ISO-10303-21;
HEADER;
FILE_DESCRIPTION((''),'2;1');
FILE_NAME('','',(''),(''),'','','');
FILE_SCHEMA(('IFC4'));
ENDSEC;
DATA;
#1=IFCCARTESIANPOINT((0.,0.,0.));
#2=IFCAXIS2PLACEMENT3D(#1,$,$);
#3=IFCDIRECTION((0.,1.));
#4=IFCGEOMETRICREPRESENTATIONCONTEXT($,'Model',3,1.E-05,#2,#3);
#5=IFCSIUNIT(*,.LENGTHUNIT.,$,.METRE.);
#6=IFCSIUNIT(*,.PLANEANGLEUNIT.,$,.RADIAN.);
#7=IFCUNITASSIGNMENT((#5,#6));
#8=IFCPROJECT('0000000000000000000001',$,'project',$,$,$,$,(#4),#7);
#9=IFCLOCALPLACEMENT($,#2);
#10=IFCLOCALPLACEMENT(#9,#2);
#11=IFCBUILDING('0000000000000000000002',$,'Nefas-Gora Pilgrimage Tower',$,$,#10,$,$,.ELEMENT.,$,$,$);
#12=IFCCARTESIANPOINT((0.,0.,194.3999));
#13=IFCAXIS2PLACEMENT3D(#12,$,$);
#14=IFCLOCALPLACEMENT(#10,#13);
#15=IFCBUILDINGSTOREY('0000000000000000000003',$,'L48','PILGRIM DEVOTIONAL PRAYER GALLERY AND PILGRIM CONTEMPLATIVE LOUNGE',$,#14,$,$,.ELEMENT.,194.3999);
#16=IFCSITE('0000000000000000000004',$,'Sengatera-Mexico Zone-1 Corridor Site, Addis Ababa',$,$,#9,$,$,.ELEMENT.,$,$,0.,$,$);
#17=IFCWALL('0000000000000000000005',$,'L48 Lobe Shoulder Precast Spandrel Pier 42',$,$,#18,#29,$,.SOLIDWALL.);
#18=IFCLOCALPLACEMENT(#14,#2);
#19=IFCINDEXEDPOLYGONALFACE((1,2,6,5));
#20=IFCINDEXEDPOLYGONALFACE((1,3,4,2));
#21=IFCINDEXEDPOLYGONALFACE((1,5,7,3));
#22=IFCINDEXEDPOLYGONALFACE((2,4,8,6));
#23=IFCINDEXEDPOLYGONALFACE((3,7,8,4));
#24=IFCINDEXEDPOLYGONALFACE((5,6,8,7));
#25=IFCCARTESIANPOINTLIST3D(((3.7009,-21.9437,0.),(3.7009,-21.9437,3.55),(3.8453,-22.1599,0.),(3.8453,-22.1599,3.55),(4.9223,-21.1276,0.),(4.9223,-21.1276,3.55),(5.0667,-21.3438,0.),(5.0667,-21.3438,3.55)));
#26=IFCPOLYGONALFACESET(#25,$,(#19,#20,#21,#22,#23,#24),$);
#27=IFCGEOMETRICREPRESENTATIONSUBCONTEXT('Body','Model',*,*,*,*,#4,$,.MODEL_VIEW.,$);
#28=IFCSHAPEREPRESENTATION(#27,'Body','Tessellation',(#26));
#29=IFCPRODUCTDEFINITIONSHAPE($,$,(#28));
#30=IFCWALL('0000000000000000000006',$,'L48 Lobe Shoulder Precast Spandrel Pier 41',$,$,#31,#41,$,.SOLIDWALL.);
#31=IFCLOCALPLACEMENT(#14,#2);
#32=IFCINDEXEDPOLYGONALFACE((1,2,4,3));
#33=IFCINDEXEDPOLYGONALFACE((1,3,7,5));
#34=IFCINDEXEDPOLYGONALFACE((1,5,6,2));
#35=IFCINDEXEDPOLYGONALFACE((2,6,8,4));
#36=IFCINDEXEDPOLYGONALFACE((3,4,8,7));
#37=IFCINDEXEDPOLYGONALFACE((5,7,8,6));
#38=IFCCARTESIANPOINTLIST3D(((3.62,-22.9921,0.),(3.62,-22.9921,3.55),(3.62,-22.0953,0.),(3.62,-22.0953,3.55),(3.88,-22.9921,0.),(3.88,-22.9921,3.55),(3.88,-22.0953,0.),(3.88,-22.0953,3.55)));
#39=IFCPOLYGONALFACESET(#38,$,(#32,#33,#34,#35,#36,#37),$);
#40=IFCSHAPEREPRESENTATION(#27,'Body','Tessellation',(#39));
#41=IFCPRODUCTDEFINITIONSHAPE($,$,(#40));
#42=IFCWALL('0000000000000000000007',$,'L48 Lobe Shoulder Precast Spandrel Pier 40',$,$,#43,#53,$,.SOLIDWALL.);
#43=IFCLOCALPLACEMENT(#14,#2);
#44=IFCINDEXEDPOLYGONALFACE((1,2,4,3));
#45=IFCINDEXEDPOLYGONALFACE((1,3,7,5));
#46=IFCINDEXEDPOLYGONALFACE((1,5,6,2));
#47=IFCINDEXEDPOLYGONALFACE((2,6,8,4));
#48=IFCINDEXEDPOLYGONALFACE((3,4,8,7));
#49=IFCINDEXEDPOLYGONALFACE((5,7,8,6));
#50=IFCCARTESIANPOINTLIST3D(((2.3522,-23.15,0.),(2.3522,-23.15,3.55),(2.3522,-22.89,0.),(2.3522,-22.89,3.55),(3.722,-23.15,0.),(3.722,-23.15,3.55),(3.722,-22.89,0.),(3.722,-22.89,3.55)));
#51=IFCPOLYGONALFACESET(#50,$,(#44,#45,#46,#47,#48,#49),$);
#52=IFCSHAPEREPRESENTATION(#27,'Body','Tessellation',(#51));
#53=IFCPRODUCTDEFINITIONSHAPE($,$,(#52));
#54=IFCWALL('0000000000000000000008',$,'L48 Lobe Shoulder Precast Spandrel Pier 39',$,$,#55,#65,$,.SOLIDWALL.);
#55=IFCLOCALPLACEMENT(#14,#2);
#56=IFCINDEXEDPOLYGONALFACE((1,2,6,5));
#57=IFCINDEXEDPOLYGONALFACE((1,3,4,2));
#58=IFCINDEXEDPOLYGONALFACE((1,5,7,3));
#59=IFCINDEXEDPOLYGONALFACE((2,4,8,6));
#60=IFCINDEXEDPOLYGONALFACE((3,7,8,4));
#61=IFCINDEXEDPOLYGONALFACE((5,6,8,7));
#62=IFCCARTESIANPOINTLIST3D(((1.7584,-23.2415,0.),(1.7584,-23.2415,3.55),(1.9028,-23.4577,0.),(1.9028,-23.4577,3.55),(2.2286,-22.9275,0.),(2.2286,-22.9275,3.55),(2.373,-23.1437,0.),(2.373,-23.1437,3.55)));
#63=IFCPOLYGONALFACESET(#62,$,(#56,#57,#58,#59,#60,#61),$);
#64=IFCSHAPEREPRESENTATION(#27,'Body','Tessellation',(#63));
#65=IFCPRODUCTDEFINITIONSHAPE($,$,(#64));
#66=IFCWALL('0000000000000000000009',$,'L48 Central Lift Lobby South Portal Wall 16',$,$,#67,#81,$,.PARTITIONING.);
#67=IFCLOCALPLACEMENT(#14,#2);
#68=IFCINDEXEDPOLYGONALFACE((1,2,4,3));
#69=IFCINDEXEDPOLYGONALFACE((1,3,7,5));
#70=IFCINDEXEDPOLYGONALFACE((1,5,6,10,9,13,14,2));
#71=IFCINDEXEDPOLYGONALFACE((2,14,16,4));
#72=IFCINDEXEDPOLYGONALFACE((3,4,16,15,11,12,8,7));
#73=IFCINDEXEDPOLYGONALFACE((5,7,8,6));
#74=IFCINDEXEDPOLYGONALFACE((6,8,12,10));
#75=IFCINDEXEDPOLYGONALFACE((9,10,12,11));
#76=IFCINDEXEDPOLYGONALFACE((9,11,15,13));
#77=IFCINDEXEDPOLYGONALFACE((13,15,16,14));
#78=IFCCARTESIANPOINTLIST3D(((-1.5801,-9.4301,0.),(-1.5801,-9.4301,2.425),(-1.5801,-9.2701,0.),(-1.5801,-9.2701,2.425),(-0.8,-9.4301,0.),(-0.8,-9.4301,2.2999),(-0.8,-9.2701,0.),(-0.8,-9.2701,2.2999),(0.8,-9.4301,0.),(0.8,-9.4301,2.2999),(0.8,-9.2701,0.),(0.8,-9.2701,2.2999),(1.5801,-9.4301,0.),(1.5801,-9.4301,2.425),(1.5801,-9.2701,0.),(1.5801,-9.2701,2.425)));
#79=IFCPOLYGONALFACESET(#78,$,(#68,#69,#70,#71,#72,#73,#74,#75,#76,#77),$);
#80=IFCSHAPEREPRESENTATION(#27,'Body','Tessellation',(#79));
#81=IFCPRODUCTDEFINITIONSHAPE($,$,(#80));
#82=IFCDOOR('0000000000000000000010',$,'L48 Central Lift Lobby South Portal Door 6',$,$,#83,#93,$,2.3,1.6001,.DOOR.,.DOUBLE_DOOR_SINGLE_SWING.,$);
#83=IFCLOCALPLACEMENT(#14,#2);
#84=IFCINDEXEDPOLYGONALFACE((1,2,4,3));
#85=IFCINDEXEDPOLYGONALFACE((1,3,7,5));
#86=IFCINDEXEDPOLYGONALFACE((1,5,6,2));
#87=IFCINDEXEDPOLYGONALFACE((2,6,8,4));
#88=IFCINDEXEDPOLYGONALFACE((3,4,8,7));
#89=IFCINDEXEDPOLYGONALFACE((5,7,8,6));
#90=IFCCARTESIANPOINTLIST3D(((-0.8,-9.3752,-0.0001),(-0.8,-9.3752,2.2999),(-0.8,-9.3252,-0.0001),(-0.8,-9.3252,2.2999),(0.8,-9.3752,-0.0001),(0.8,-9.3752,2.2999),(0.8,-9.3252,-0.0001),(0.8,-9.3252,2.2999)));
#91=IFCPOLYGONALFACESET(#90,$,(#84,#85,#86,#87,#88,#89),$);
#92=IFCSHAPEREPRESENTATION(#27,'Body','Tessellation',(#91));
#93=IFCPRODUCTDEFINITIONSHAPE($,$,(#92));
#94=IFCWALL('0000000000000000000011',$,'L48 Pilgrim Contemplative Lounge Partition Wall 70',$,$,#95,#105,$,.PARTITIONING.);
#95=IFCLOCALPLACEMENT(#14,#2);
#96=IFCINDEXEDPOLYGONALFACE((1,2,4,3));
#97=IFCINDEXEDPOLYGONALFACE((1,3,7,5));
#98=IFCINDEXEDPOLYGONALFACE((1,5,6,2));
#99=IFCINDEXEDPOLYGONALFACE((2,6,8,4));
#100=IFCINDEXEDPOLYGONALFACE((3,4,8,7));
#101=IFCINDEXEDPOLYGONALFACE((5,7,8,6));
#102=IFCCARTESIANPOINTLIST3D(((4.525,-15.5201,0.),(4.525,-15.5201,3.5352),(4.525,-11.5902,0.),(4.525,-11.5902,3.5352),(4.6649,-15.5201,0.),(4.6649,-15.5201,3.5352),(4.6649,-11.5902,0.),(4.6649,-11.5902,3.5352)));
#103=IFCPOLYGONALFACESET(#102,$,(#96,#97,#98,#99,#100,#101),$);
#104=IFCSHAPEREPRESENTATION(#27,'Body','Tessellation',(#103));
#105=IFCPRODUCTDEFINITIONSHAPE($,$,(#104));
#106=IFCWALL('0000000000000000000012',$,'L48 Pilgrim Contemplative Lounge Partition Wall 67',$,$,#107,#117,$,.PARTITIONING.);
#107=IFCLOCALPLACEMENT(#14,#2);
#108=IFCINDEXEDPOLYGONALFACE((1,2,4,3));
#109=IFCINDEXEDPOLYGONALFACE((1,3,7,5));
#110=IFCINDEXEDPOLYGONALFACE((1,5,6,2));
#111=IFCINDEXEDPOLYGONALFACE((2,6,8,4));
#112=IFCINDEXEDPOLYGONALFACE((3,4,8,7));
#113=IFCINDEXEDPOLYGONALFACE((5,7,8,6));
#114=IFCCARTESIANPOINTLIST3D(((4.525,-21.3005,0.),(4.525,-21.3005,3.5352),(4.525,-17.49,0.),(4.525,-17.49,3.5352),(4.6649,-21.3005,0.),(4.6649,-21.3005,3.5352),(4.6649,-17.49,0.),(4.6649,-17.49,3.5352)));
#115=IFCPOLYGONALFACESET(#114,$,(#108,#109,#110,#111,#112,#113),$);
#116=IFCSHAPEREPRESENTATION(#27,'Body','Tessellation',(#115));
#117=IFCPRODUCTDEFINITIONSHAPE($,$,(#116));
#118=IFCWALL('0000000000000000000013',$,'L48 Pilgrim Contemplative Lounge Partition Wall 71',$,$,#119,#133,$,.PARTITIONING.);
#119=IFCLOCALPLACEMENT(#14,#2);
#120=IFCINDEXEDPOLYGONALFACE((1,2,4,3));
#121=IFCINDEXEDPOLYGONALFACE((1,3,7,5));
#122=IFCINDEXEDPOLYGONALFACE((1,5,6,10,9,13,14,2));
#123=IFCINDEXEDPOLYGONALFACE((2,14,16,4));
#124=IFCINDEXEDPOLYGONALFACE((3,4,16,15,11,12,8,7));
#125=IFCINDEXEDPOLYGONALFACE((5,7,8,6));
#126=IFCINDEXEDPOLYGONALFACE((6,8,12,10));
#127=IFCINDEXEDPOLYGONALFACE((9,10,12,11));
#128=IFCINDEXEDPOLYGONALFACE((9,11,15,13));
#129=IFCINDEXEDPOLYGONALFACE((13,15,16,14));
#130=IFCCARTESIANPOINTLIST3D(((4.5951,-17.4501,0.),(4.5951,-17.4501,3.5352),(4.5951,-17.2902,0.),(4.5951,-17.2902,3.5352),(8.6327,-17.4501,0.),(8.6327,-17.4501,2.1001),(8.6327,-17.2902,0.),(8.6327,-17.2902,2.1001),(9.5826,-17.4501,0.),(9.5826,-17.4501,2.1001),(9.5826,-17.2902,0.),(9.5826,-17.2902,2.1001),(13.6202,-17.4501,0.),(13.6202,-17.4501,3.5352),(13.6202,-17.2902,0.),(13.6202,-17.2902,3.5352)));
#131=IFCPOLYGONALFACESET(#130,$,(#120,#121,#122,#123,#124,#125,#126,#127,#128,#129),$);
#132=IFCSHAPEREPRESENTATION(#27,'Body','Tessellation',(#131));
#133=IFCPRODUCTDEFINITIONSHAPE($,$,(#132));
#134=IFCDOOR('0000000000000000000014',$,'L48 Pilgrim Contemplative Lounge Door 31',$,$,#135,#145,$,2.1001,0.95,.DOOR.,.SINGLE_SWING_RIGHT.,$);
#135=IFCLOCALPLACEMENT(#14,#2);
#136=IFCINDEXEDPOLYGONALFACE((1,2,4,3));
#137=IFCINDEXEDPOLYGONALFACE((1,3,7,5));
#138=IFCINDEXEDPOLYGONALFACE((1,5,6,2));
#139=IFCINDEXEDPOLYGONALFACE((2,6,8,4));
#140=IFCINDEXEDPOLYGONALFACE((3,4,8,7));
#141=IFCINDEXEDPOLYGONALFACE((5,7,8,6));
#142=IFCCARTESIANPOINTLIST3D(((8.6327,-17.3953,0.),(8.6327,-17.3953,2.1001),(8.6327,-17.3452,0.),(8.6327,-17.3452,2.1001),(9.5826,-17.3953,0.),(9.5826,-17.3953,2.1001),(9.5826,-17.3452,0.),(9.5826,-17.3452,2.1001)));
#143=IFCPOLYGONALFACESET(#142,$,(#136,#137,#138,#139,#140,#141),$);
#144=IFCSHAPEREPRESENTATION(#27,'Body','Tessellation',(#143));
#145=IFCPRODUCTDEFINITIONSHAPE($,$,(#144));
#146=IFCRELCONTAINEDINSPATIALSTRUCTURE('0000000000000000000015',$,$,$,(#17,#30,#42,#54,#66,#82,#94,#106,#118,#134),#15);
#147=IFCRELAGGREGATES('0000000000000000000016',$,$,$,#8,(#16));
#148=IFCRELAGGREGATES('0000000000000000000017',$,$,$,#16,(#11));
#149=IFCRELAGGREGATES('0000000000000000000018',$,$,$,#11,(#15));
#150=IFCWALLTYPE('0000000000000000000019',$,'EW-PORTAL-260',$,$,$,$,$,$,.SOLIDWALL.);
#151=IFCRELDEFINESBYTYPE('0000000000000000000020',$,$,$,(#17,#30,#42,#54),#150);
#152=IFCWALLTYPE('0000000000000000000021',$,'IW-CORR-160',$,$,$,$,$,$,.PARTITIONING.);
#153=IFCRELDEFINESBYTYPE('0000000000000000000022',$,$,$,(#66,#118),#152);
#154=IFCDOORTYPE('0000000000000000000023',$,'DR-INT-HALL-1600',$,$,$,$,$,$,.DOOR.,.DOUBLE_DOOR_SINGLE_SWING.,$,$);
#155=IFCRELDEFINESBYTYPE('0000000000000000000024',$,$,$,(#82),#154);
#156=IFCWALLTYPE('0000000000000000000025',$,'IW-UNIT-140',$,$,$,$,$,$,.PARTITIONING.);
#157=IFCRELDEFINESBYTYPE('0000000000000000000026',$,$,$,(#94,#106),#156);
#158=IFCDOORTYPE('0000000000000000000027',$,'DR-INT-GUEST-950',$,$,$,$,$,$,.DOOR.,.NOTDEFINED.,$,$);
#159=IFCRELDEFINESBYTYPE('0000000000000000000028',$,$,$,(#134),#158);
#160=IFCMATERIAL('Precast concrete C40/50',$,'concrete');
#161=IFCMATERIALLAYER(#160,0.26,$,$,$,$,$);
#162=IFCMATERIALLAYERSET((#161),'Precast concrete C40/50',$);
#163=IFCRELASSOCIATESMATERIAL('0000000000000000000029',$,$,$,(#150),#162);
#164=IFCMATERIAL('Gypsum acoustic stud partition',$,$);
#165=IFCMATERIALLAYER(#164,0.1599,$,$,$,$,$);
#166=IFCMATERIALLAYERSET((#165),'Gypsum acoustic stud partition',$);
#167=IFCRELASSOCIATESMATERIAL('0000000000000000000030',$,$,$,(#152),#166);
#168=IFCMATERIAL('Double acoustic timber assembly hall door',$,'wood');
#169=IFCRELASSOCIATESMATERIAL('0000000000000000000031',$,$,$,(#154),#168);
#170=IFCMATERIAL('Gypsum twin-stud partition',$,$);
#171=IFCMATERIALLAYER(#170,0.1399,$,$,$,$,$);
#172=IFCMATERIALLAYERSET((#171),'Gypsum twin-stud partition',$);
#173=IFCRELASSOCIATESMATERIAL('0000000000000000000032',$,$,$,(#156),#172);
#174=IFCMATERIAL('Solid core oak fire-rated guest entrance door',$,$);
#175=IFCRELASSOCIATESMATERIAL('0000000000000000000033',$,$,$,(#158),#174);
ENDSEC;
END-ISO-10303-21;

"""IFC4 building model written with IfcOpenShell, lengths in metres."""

from ifc_helpers import new_model, si_unit, direction, frame, frame_2d, origin, place, context, subcontext, project, spatial, rectangle, extrude, source, transform, mapped, material, layer, layer_set, type_object, element, fill, save


model = new_model("IFC4")

# Units and contexts
model_context = context("Model", 3, precision=1e-05, world=origin(), true_north=direction((0.0, 1.0)))
body_context = subcontext(model_context, "Body", "Model", "MODEL_VIEW")
ifc_project = project(units=[si_unit("LENGTHUNIT", "METRE"), si_unit("PLANEANGLEUNIT", "RADIAN")], contexts=[model_context])

# Site, building, storey
site_placement = place(None, origin())
site = spatial("IfcSite", under=ifc_project, at=site_placement, Name="Sengatera-Mexico Zone-1 Corridor Site, Addis Ababa", CompositionType="ELEMENT", RefElevation=0.0)
building_placement = place(site_placement, origin())
building = spatial("IfcBuilding", under=site, at=building_placement, Name="Nefas-Gora Pilgrimage Tower", CompositionType="ELEMENT")
storey_placement = place(building_placement, frame((0.0, 0.0, 194.3999)))
storey = spatial("IfcBuildingStorey", under=building, at=storey_placement, Name="L48", Description="PILGRIM DEVOTIONAL PRAYER GALLERY AND PILGRIM CONTEMPLATIVE LOUNGE", CompositionType="ELEMENT", Elevation=194.3999)

# Walls
ifc_material_1 = material(Name="Precast concrete C40/50", Category="concrete")
ifc_layer_1 = layer(ifc_material_1, 0.26)
ifc_layer_set_1 = layer_set([ifc_layer_1], Name="Precast concrete C40/50")
wall_type_1 = type_object("IfcWallType", Name="EW-PORTAL-260", PredefinedType="SOLIDWALL", material=ifc_layer_set_1)
shared_shape_1 = source(origin(), body_context, "Body", "SweptSolid", [
    extrude(rectangle(XDim=1.469, YDim=0.26, at=frame_2d((0.7344, 0.0))), origin(), (0.0, 0.0, 1.0), 3.55),
])
wall_1_placement = place(storey_placement, frame((3.7732, -22.0518, 0.0), z_axis=(0.0, 0.0, 1.0), x_axis=(0.831462, 0.555582, 0.0)))
element("IfcWall", 1, at=wall_1_placement, inside=storey, type_object=wall_type_1, Name="L48 Lobe Shoulder Precast Spandrel Pier 42", PredefinedType="SOLIDWALL", context=body_context, shape_type="MappedRepresentation", body=[
    mapped(shared_shape_1, transform((0.0, 0.0, 0.0), x_axis=(1.0, 0.0, 0.0), y_axis=(0.0, 1.0, 0.0), z_axis=(0.0, 0.0, 1.0), scale=1.0)),
])
shared_shape_2 = source(origin(), body_context, "Body", "SweptSolid", [
    extrude(rectangle(XDim=0.8967, YDim=0.26, at=frame_2d((0.4482, 0.0))), origin(), (0.0, 0.0, 1.0), 3.55),
])
wall_2_placement = place(storey_placement, frame((3.75, -22.9919, 0.0), z_axis=(0.0, 0.0, 1.0), x_axis=(0.0, 1.0, 0.0)))
element("IfcWall", 2, at=wall_2_placement, inside=storey, type_object=wall_type_1, Name="L48 Lobe Shoulder Precast Spandrel Pier 41", PredefinedType="SOLIDWALL", context=body_context, shape_type="MappedRepresentation", body=[
    mapped(shared_shape_2, transform((0.0, 0.0, 0.0), x_axis=(1.0, 0.0, 0.0), y_axis=(0.0, 1.0, 0.0), z_axis=(0.0, 0.0, 1.0), scale=1.0)),
])
shared_shape_3 = source(origin(), body_context, "Body", "SweptSolid", [
    extrude(rectangle(XDim=1.3699, YDim=0.26, at=frame_2d((0.6851, 0.0))), origin(), (0.0, 0.0, 1.0), 3.55),
])
wall_3_placement = place(storey_placement, frame((2.3521, -23.02, 0.0), z_axis=(0.0, 0.0, 1.0), x_axis=(1.0, 0.0, 0.0)))
element("IfcWall", 3, at=wall_3_placement, inside=storey, type_object=wall_type_1, Name="L48 Lobe Shoulder Precast Spandrel Pier 40", PredefinedType="SOLIDWALL", context=body_context, shape_type="MappedRepresentation", body=[
    mapped(shared_shape_3, transform((0.0, 0.0, 0.0), x_axis=(1.0, 0.0, 0.0), y_axis=(0.0, 1.0, 0.0), z_axis=(0.0, 0.0, 1.0), scale=1.0)),
])
shared_shape_4 = source(origin(), body_context, "Body", "SweptSolid", [
    extrude(rectangle(XDim=0.5654, YDim=0.26, at=frame_2d((0.2827, 0.0))), origin(), (0.0, 0.0, 1.0), 3.55),
])
wall_4_placement = place(storey_placement, frame((1.8306, -23.3496, 0.0), z_axis=(0.0, 0.0, 1.0), x_axis=(0.831651, 0.555298, 0.0)))
element("IfcWall", 4, at=wall_4_placement, inside=storey, type_object=wall_type_1, Name="L48 Lobe Shoulder Precast Spandrel Pier 39", PredefinedType="SOLIDWALL", context=body_context, shape_type="MappedRepresentation", body=[
    mapped(shared_shape_4, transform((0.0, 0.0, 0.0), x_axis=(1.0, 0.0, 0.0), y_axis=(0.0, 1.0, 0.0), z_axis=(0.0, 0.0, 1.0), scale=1.0)),
])

# Wall, opening, door
ifc_material_2 = material(Name="Gypsum acoustic stud partition")
ifc_layer_2 = layer(ifc_material_2, 0.1599)
ifc_layer_set_2 = layer_set([ifc_layer_2], Name="Gypsum acoustic stud partition")
wall_type_2 = type_object("IfcWallType", Name="IW-CORR-160", PredefinedType="PARTITIONING", material=ifc_layer_set_2)
shared_shape_5 = source(origin(), body_context, "Body", "SweptSolid", [
    extrude(rectangle(XDim=3.1602, YDim=0.1599, at=frame_2d((1.5801, 0.0))), origin(), (0.0, 0.0, 1.0), 2.425),
])
wall_5_placement = place(storey_placement, frame((-1.5801, -9.3501, 0.0), z_axis=(0.0, 0.0, 1.0), x_axis=(1.0, 0.0, 0.0)))
wall_5 = element("IfcWall", 5, at=wall_5_placement, inside=storey, type_object=wall_type_2, Name="L48 Central Lift Lobby South Portal Wall 16", PredefinedType="PARTITIONING", context=body_context, shape_type="MappedRepresentation", body=[
    mapped(shared_shape_5, transform((0.0, 0.0, 0.0), x_axis=(1.0, 0.0, 0.0), y_axis=(0.0, 1.0, 0.0), z_axis=(0.0, 0.0, 1.0), scale=1.0)),
])
opening_1_placement = place(wall_5_placement, frame((0.78, 0.0, 0.0)))
opening_1 = element("IfcOpeningElement", 6, at=opening_1_placement, cuts=wall_5, PredefinedType="OPENING", context=body_context, shape_type="SweptSolid", body=[
    extrude(rectangle(XDim=1.6001, YDim=2.3, at=frame_2d((0.8, 1.1499))), frame((0.0, 0.0898, 0.0), z_axis=(0.0, -1.0, 0.0), x_axis=(1.0, 0.0, 0.0)), (0.0, 0.0, 1.0), 0.1799),
])
ifc_material_3 = material(Name="Double acoustic timber assembly hall door", Category="wood")
door_type_1 = type_object("IfcDoorType", Name="DR-INT-HALL-1600", OperationType="DOUBLE_DOOR_SINGLE_SWING", PredefinedType="DOOR", material=ifc_material_3)
shared_shape_6 = source(origin(), body_context, "Body", "SweptSolid", [
    extrude(rectangle(XDim=1.6001, YDim=2.3, at=frame_2d((0.8, 1.1499))), frame((0.0, 0.0249, 0.0), z_axis=(0.0, -1.0, 0.0), x_axis=(1.0, 0.0, 0.0)), (0.0, 0.0, 1.0), 0.05),
])
door_1_placement = place(opening_1_placement, origin())
door_1 = element("IfcDoor", 7, at=door_1_placement, inside=storey, type_object=door_type_1, Name="L48 Central Lift Lobby South Portal Door 6", OperationType="DOUBLE_DOOR_SINGLE_SWING", OverallHeight=2.3, OverallWidth=1.6001, PredefinedType="DOOR", context=body_context, shape_type="MappedRepresentation", body=[
    mapped(shared_shape_6, transform((0.0, 0.0, 0.0), x_axis=(1.0, 0.0, 0.0), y_axis=(0.0, 1.0, 0.0), z_axis=(0.0, 0.0, 1.0), scale=1.0)),
])
fill(opening_1, door_1)

# Walls
ifc_material_4 = material(Name="Gypsum twin-stud partition")
ifc_layer_3 = layer(ifc_material_4, 0.1399)
ifc_layer_set_3 = layer_set([ifc_layer_3], Name="Gypsum twin-stud partition")
wall_type_3 = type_object("IfcWallType", Name="IW-UNIT-140", PredefinedType="PARTITIONING", material=ifc_layer_set_3)
shared_shape_7 = source(origin(), body_context, "Body", "SweptSolid", [
    extrude(rectangle(XDim=3.9299, YDim=0.1399, at=frame_2d((1.9648, 0.0))), origin(), (0.0, 0.0, 1.0), 3.5352),
])
wall_6_placement = place(storey_placement, frame((4.595, -15.52, 0.0), z_axis=(0.0, 0.0, 1.0), x_axis=(0.0, 1.0, 0.0)))
element("IfcWall", 8, at=wall_6_placement, inside=storey, type_object=wall_type_3, Name="L48 Pilgrim Contemplative Lounge Partition Wall 70", PredefinedType="PARTITIONING", context=body_context, shape_type="MappedRepresentation", body=[
    mapped(shared_shape_7, transform((0.0, 0.0, 0.0), x_axis=(1.0, 0.0, 0.0), y_axis=(0.0, 1.0, 0.0), z_axis=(0.0, 0.0, 1.0), scale=1.0)),
])
shared_shape_8 = source(origin(), body_context, "Body", "SweptSolid", [
    extrude(rectangle(XDim=3.8105, YDim=0.1399, at=frame_2d((1.9053, 0.0))), origin(), (0.0, 0.0, 1.0), 3.5352),
])
wall_7_placement = place(storey_placement, frame((4.595, -21.3005, 0.0), z_axis=(0.0, 0.0, 1.0), x_axis=(0.0, 1.0, 0.0)))
element("IfcWall", 9, at=wall_7_placement, inside=storey, type_object=wall_type_3, Name="L48 Pilgrim Contemplative Lounge Partition Wall 67", PredefinedType="PARTITIONING", context=body_context, shape_type="MappedRepresentation", body=[
    mapped(shared_shape_8, transform((0.0, 0.0, 0.0), x_axis=(1.0, 0.0, 0.0), y_axis=(0.0, 1.0, 0.0), z_axis=(0.0, 0.0, 1.0), scale=1.0)),
])

# Wall, opening, door
shared_shape_9 = source(origin(), body_context, "Body", "SweptSolid", [
    extrude(rectangle(XDim=9.0251, YDim=0.1599, at=frame_2d((4.5127, 0.0))), origin(), (0.0, 0.0, 1.0), 3.5352),
])
wall_8_placement = place(storey_placement, frame((4.595, -17.3701, 0.0), z_axis=(0.0, 0.0, 1.0), x_axis=(1.0, 0.0, 0.0)))
wall_8 = element("IfcWall", 10, at=wall_8_placement, inside=storey, type_object=wall_type_2, Name="L48 Pilgrim Contemplative Lounge Partition Wall 71", PredefinedType="PARTITIONING", context=body_context, shape_type="MappedRepresentation", body=[
    mapped(shared_shape_9, transform((0.0, 0.0, 0.0), x_axis=(1.0, 0.0, 0.0), y_axis=(0.0, 1.0, 0.0), z_axis=(0.0, 0.0, 1.0), scale=1.0)),
])
opening_2_placement = place(wall_8_placement, frame((4.0376, 0.0, 0.0)))
opening_2 = element("IfcOpeningElement", 11, at=opening_2_placement, cuts=wall_8, PredefinedType="OPENING", context=body_context, shape_type="SweptSolid", body=[
    extrude(rectangle(XDim=0.95, YDim=2.1001, at=frame_2d((0.4751, 1.05))), frame((0.0, 0.0898, 0.0), z_axis=(0.0, -1.0, 0.0), x_axis=(1.0, 0.0, 0.0)), (0.0, 0.0, 1.0), 0.1799),
])
ifc_material_5 = material(Name="Solid core oak fire-rated guest entrance door")
door_type_2 = type_object("IfcDoorType", Name="DR-INT-GUEST-950", OperationType="NOTDEFINED", PredefinedType="DOOR", material=ifc_material_5)
shared_shape_10 = source(origin(), body_context, "Body", "SweptSolid", [
    extrude(rectangle(XDim=0.95, YDim=2.1001, at=frame_2d((0.4751, 1.05))), frame((0.0, 0.0249, 0.0), z_axis=(0.0, -1.0, 0.0), x_axis=(1.0, 0.0, 0.0)), (0.0, 0.0, 1.0), 0.05),
])
door_2_placement = place(opening_2_placement, origin())
door_2 = element("IfcDoor", 12, at=door_2_placement, inside=storey, type_object=door_type_2, Name="L48 Pilgrim Contemplative Lounge Door 31", OperationType="SINGLE_SWING_RIGHT", OverallHeight=2.1001, OverallWidth=0.95, PredefinedType="DOOR", context=body_context, shape_type="MappedRepresentation", body=[
    mapped(shared_shape_10, transform((0.0, 0.0, 0.0), x_axis=(1.0, 0.0, 0.0), y_axis=(0.0, 1.0, 0.0), z_axis=(0.0, 0.0, 1.0), scale=1.0)),
])
fill(opening_2, door_2)

save(model, "model.ifc")
